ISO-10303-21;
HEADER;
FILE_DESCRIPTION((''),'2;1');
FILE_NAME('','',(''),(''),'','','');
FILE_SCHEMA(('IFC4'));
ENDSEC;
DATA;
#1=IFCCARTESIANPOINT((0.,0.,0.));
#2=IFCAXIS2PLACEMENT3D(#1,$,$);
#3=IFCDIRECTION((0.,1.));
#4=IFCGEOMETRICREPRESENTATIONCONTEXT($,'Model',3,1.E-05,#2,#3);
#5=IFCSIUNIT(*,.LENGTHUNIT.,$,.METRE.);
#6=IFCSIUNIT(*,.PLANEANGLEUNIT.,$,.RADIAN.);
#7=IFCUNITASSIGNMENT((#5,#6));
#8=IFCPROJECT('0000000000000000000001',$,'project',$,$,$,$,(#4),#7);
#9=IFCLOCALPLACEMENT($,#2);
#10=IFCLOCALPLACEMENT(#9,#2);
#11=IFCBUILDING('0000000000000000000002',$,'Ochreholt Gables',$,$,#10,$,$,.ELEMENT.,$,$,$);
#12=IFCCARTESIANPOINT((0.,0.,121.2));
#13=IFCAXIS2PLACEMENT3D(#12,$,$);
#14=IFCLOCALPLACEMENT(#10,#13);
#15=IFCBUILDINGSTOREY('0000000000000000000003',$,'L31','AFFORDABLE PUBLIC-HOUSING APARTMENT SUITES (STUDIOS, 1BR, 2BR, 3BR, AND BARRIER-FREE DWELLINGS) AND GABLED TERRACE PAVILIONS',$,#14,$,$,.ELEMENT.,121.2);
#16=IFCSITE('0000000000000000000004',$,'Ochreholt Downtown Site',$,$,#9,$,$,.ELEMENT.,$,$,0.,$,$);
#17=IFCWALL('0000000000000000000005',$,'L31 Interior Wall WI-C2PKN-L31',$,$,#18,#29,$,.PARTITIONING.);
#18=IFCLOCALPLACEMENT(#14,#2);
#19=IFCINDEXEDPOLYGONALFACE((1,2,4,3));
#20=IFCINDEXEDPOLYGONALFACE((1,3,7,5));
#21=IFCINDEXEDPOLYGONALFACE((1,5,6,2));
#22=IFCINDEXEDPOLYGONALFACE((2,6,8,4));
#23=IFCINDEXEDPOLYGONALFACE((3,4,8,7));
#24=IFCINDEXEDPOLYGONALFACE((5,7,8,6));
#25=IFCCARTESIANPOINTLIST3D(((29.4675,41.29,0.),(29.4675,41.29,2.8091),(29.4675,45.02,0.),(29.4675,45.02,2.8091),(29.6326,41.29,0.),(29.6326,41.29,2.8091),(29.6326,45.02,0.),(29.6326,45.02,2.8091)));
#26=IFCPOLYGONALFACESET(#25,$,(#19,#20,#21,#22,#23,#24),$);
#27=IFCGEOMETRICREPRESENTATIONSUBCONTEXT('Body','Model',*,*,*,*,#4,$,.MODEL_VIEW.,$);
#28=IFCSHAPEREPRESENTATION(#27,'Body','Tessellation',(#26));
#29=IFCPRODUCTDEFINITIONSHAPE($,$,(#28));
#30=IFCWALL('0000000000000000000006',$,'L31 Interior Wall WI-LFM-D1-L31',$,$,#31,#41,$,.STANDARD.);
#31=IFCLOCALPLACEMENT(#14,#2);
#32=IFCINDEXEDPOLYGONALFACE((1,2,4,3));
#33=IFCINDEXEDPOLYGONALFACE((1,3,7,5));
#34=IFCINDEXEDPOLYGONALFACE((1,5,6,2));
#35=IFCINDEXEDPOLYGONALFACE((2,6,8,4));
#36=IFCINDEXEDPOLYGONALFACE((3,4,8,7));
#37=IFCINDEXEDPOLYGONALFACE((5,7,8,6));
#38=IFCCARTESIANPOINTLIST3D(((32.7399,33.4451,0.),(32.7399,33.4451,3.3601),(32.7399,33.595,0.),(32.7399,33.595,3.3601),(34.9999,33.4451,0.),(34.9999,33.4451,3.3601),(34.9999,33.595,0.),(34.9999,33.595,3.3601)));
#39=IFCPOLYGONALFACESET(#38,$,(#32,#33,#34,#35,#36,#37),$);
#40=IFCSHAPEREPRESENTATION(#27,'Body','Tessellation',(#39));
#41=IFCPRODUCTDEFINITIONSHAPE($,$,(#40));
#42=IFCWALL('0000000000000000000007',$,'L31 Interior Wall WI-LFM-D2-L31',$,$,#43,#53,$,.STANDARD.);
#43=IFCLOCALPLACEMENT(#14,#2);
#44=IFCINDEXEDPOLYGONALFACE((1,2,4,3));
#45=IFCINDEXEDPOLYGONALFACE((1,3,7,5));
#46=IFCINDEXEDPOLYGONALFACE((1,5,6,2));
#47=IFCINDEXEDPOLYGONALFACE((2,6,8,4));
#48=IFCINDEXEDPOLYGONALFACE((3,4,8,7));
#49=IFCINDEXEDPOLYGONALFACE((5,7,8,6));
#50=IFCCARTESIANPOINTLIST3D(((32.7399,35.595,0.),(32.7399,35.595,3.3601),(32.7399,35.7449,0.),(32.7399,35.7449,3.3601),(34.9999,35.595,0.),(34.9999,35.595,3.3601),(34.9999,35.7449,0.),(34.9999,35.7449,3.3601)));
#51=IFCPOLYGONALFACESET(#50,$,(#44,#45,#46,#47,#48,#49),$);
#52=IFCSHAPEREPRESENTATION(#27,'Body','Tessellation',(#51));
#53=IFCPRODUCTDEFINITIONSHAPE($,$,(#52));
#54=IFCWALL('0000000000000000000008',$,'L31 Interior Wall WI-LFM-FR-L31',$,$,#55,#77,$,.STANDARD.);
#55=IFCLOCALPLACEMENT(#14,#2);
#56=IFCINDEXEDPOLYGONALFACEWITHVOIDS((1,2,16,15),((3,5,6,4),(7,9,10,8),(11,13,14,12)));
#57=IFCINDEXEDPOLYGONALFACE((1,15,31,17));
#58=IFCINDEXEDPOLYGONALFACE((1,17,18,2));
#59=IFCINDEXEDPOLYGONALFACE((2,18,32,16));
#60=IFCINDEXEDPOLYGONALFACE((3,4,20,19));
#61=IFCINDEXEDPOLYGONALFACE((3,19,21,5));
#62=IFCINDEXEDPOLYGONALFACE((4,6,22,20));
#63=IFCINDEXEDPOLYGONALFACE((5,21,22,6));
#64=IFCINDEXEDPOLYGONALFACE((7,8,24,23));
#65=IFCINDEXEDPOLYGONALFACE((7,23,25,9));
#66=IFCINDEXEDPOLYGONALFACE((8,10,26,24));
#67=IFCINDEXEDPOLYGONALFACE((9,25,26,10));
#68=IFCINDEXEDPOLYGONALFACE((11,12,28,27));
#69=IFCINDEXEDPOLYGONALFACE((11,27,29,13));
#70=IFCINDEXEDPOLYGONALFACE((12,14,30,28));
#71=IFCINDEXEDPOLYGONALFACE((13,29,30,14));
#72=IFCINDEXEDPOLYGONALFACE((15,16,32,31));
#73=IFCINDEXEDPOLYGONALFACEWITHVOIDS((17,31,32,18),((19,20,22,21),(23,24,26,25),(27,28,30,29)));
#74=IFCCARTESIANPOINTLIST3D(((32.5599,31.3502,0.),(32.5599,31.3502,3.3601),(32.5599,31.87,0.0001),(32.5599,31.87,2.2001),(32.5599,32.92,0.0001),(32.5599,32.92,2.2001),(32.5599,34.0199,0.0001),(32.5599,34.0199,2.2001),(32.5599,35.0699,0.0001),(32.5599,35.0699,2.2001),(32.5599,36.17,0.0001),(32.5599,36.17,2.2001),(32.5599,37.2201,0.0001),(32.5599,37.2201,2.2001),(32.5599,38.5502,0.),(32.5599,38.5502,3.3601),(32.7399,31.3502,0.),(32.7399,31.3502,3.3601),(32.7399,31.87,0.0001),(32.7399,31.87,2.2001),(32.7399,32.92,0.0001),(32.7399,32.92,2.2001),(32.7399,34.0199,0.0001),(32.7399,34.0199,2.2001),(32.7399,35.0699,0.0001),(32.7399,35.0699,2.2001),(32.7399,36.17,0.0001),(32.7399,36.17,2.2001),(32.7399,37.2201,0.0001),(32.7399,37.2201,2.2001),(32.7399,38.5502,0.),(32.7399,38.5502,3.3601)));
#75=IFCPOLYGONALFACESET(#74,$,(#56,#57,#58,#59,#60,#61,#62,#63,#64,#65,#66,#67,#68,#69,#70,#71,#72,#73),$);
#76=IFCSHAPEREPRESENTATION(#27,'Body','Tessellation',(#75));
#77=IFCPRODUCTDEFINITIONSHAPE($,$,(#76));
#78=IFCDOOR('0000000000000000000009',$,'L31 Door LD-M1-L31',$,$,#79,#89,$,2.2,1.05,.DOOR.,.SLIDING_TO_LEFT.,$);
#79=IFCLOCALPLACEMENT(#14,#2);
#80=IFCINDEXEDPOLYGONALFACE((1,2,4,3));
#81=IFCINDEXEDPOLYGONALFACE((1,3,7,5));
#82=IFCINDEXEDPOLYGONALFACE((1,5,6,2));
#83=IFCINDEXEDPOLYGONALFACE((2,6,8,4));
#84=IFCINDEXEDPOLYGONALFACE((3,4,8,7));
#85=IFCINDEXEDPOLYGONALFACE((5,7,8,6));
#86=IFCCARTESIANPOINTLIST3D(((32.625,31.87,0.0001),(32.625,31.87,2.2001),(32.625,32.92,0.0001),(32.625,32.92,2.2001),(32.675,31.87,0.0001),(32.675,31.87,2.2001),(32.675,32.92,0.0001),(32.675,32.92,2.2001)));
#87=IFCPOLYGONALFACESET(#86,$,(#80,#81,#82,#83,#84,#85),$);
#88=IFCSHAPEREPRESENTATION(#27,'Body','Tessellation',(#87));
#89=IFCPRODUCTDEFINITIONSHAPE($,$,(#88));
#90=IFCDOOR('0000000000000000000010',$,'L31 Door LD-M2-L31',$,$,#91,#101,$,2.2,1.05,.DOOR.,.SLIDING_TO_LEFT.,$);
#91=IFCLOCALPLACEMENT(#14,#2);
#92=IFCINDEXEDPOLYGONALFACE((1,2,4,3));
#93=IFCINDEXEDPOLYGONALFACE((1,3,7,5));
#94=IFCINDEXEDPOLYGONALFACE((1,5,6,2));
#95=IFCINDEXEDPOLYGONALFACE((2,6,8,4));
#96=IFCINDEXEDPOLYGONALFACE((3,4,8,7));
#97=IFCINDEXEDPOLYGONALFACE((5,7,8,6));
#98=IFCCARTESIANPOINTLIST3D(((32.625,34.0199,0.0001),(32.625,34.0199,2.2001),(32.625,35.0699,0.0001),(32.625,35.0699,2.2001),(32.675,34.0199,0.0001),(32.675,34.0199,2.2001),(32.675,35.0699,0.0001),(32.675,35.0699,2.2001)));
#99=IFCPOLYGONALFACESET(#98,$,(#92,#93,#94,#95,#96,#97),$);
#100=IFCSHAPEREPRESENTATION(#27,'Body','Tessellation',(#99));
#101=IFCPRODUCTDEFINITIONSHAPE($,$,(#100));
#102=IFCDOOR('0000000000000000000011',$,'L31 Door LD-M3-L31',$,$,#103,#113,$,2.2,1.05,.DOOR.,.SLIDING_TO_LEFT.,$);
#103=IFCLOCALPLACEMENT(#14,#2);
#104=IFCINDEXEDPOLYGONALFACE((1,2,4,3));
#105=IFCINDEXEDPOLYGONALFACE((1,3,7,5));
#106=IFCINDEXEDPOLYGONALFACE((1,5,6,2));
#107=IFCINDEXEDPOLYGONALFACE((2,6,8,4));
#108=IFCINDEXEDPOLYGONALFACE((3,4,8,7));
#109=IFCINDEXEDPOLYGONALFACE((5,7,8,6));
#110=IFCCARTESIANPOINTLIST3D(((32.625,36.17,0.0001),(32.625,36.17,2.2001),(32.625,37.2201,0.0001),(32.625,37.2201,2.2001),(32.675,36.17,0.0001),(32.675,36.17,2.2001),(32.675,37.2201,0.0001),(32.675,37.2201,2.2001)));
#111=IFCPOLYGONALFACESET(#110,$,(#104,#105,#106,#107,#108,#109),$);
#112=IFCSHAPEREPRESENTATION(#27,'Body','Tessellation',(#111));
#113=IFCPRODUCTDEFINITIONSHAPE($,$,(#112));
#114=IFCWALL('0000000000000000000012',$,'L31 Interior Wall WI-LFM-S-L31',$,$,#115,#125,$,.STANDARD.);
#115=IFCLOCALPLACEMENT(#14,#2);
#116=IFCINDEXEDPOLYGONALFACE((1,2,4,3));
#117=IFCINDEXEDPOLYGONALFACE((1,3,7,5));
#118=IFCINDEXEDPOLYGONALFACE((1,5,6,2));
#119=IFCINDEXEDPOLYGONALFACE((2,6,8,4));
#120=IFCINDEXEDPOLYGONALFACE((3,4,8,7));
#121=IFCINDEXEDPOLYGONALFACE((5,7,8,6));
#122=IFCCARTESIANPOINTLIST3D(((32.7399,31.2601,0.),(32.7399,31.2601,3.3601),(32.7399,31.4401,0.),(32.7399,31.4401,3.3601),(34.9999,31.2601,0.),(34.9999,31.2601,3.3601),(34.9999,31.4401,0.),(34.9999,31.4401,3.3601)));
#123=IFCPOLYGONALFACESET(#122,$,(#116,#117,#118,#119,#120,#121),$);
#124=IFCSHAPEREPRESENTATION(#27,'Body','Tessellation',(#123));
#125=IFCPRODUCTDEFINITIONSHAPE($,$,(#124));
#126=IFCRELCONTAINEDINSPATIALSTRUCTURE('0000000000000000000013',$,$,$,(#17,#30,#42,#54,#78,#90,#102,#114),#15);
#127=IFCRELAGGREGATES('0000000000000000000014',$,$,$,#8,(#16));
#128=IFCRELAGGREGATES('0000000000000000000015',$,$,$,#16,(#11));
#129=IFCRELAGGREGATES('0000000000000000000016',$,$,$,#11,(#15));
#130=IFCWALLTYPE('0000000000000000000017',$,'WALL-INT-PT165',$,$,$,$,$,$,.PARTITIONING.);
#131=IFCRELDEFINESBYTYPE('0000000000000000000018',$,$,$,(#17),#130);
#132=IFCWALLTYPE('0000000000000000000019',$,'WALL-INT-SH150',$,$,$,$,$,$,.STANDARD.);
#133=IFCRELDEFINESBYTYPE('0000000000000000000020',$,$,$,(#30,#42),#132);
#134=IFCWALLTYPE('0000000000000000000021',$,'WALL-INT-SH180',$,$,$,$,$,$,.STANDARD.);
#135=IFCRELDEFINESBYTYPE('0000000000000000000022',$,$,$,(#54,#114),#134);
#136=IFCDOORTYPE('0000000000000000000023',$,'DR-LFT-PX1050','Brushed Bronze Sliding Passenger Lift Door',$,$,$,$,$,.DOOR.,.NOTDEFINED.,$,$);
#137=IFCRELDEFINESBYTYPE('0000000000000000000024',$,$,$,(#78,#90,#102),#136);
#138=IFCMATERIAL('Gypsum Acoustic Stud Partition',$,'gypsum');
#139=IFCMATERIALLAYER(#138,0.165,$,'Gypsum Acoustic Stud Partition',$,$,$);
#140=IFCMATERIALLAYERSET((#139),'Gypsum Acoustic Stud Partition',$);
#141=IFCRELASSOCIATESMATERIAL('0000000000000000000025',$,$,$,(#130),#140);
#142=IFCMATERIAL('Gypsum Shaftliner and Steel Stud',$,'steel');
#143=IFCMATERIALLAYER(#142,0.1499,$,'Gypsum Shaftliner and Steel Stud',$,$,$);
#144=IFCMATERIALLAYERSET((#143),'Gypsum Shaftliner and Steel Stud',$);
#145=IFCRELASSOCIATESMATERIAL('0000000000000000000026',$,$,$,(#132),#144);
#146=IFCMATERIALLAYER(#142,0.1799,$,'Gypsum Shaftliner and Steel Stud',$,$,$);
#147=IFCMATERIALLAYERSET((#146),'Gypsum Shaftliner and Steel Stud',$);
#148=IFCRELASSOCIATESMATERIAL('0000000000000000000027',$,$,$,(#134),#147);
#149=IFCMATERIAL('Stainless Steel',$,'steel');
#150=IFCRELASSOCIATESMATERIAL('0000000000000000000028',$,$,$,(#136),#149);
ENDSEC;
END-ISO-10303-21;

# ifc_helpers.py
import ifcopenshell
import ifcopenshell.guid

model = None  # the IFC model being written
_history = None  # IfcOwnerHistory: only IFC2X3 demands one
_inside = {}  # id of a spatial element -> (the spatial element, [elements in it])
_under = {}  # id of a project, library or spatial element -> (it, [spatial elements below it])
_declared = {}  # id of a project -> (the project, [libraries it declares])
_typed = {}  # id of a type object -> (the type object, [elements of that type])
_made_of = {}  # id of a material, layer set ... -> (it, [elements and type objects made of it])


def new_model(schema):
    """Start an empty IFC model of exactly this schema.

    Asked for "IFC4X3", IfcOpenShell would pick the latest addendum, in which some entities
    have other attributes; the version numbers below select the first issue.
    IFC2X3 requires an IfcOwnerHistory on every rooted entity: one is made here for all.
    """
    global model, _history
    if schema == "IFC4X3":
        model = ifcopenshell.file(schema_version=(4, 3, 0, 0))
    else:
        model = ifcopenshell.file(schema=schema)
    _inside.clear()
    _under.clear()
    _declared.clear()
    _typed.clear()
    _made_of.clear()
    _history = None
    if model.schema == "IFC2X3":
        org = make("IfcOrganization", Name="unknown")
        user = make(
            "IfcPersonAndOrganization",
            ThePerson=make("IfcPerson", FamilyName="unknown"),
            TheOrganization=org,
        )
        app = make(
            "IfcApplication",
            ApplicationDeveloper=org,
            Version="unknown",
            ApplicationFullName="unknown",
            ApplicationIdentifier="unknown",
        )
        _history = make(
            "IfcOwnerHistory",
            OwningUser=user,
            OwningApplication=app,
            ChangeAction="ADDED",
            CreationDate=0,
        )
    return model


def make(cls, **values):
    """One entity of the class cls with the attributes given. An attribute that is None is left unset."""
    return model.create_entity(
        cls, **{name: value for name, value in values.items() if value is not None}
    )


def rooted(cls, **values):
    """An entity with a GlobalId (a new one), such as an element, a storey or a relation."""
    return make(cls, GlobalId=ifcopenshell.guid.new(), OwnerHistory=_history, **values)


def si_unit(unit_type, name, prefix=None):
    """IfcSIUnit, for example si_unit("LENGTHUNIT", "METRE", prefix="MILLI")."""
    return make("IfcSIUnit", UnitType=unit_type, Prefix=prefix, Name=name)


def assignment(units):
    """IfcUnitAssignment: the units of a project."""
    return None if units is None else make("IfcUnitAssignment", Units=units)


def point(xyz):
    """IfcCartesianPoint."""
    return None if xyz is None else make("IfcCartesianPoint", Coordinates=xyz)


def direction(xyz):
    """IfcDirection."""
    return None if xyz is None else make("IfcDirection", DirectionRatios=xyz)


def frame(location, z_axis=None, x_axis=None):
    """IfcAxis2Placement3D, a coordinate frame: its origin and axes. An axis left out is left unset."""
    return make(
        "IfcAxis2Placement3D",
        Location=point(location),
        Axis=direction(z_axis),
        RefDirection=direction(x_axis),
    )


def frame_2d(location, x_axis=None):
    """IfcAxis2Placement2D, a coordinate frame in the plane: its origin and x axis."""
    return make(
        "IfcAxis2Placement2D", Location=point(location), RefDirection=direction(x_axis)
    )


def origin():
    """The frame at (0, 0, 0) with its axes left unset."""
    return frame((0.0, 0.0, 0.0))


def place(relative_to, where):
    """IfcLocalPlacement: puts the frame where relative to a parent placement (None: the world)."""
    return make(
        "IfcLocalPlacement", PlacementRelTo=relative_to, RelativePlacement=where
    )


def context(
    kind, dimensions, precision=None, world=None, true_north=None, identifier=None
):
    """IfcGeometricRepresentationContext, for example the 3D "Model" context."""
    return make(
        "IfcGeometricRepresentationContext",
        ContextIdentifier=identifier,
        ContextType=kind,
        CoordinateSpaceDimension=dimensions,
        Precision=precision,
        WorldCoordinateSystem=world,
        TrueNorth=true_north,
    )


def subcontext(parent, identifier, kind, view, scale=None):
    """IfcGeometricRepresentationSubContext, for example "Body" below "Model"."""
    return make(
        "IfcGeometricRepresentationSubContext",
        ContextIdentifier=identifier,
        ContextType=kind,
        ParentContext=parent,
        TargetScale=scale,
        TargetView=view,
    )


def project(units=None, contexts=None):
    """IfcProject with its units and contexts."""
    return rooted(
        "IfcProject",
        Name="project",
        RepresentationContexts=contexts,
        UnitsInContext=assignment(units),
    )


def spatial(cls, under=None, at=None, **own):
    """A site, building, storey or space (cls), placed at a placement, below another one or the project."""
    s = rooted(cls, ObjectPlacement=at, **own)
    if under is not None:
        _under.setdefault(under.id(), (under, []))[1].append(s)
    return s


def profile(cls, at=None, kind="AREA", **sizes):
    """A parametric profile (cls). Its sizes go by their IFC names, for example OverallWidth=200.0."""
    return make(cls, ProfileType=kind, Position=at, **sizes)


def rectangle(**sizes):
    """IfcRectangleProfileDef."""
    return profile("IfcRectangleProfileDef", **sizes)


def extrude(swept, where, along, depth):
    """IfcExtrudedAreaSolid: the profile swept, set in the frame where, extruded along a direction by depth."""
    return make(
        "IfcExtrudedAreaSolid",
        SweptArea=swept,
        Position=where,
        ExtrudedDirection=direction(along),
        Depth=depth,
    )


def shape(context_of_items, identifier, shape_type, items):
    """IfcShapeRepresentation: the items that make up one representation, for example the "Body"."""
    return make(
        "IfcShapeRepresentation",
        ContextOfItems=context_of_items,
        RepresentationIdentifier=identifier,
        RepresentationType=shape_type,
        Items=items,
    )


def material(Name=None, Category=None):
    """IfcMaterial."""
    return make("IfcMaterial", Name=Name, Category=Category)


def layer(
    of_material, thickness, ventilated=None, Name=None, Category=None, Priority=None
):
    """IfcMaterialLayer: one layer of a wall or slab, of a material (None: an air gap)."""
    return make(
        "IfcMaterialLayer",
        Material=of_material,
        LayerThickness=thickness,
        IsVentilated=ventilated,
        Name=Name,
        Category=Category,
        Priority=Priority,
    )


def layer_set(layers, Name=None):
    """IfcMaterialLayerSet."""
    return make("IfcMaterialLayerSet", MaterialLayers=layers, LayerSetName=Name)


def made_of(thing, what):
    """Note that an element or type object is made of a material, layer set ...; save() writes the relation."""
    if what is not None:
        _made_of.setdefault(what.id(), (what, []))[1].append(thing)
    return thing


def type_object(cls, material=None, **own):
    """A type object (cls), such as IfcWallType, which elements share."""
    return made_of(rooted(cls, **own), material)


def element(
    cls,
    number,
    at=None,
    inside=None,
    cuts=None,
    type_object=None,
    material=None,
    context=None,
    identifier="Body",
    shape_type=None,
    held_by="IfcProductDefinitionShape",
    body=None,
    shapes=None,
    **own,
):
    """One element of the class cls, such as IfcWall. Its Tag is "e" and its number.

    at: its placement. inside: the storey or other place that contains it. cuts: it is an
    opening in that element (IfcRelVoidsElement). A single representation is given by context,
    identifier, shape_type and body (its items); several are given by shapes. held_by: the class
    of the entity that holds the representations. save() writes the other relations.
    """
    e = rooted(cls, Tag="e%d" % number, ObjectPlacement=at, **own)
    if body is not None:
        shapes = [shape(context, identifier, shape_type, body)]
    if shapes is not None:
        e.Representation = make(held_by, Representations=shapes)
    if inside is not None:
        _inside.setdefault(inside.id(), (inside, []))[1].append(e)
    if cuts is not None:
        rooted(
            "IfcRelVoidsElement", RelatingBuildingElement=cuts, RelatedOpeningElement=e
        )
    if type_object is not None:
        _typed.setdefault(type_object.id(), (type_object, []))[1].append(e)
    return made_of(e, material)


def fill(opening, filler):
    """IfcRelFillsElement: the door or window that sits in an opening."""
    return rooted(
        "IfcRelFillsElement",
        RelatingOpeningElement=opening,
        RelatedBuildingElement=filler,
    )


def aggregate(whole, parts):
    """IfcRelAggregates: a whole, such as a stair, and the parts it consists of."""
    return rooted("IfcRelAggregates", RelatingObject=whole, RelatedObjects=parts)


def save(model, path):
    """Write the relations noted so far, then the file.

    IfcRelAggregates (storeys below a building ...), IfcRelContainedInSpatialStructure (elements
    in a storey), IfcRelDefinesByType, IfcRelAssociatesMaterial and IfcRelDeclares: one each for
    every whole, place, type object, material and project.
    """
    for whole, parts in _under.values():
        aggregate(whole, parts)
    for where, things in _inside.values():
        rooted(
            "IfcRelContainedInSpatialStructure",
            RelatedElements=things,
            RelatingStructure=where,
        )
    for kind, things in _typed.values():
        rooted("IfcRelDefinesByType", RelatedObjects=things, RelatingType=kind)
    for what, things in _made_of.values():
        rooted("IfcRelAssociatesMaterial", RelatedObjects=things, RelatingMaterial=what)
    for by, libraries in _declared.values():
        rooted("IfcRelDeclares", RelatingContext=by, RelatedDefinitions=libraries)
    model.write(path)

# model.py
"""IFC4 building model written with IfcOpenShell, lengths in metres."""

from ifc_helpers import new_model, si_unit, direction, frame, frame_2d, origin, place, context, subcontext, project, spatial, rectangle, extrude, material, layer, layer_set, type_object, element, fill, save


model = new_model("IFC4")

# Units and contexts
model_context = context("Model", 3, precision=1e-05, world=origin(), true_north=direction((0.0, 1.0)))
body_context = subcontext(model_context, "Body", "Model", "MODEL_VIEW")
ifc_project = project(units=[si_unit("LENGTHUNIT", "METRE"), si_unit("PLANEANGLEUNIT", "RADIAN")], contexts=[model_context])

# Site, building, storey
site_placement = place(None, origin())
site = spatial("IfcSite", under=ifc_project, at=site_placement, Name="Ochreholt Downtown Site", CompositionType="ELEMENT", RefElevation=0.0)
building_placement = place(site_placement, origin())
building = spatial("IfcBuilding", under=site, at=building_placement, Name="Ochreholt Gables", CompositionType="ELEMENT")
storey_placement = place(building_placement, frame((0.0, 0.0, 121.2)))
storey = spatial("IfcBuildingStorey", under=building, at=storey_placement, Name="L31", Description="AFFORDABLE PUBLIC-HOUSING APARTMENT SUITES (STUDIOS, 1BR, 2BR, 3BR, AND BARRIER-FREE DWELLINGS) AND GABLED TERRACE PAVILIONS", CompositionType="ELEMENT", Elevation=121.2)

# Shared definitions
ifc_material_1 = material(Name="Gypsum Acoustic Stud Partition", Category="gypsum")
ifc_layer_1 = layer(ifc_material_1, 0.165, Name="Gypsum Acoustic Stud Partition")
ifc_layer_set_1 = layer_set([ifc_layer_1], Name="Gypsum Acoustic Stud Partition")
wall_type_1 = type_object("IfcWallType", Name="WALL-INT-PT165", PredefinedType="PARTITIONING", material=ifc_layer_set_1)

# Walls
wall_1_placement = place(storey_placement, frame((29.55, 41.29, 0.0), z_axis=(0.0, 0.0, 1.0), x_axis=(0.0, 1.0, 0.0)))
element("IfcWall", 1, at=wall_1_placement, inside=storey, type_object=wall_type_1, Name="L31 Interior Wall WI-C2PKN-L31", PredefinedType="PARTITIONING", context=body_context, shape_type="SweptSolid", body=[
    extrude(rectangle(XDim=3.73, YDim=0.165, at=frame_2d((1.865, 0.0))), origin(), (0.0, 0.0, 1.0), 2.8091),
])
ifc_material_2 = material(Name="Gypsum Shaftliner and Steel Stud", Category="steel")
ifc_layer_2 = layer(ifc_material_2, 0.1499, Name="Gypsum Shaftliner and Steel Stud")
ifc_layer_set_2 = layer_set([ifc_layer_2], Name="Gypsum Shaftliner and Steel Stud")
wall_type_2 = type_object("IfcWallType", Name="WALL-INT-SH150", PredefinedType="STANDARD", material=ifc_layer_set_2)
for number, where, z_axis, x_axis, name in (
    (2, (32.74, 33.52, 0.0), (0.0, 0.0, 1.0), (1.0, 0.0, 0.0), "L31 Interior Wall WI-LFM-D1-L31"),
    (3, (32.74, 35.6699, 0.0), (0.0, 0.0, 1.0), (1.0, 0.0, 0.0), "L31 Interior Wall WI-LFM-D2-L31"),
):
    element("IfcWall", number, at=place(storey_placement, frame(where, z_axis=z_axis, x_axis=x_axis)), inside=storey, type_object=wall_type_2, Name=name, PredefinedType="STANDARD", context=body_context, shape_type="SweptSolid", body=[
        extrude(rectangle(XDim=2.26, YDim=0.1499, at=frame_2d((1.1299, 0.0))), origin(), (0.0, 0.0, 1.0), 3.3601),
    ])

# Wall, openings, doors
ifc_layer_3 = layer(ifc_material_2, 0.1799, Name="Gypsum Shaftliner and Steel Stud")
ifc_layer_set_3 = layer_set([ifc_layer_3], Name="Gypsum Shaftliner and Steel Stud")
wall_type_3 = type_object("IfcWallType", Name="WALL-INT-SH180", PredefinedType="STANDARD", material=ifc_layer_set_3)
wall_2_placement = place(storey_placement, frame((32.6499, 31.3501, 0.0), z_axis=(0.0, 0.0, 1.0), x_axis=(0.0, 1.0, 0.0)))
wall_2 = element("IfcWall", 4, at=wall_2_placement, inside=storey, type_object=wall_type_3, Name="L31 Interior Wall WI-LFM-FR-L31", PredefinedType="STANDARD", context=body_context, shape_type="SweptSolid", body=[
    extrude(rectangle(XDim=7.2, YDim=0.1799, at=frame_2d((3.6001, 0.0))), origin(), (0.0, 0.0, 1.0), 3.3601),
])
opening_1_placement = place(wall_2_placement, frame((0.52, 0.0, 0.0)))
opening_1 = element("IfcOpeningElement", 5, at=opening_1_placement, cuts=wall_2, PredefinedType="OPENING", context=body_context, shape_type="SweptSolid", body=[
    extrude(rectangle(XDim=1.05, YDim=2.2, at=frame_2d((0.5249, 1.1001))), frame((0.0, 0.0999, 0.0), z_axis=(0.0, -1.0, 0.0), x_axis=(1.0, 0.0, 0.0)), (0.0, 0.0, 1.0), 0.2),
])
opening_2_placement = place(wall_2_placement, frame((2.6699, 0.0, 0.0)))
opening_2 = element("IfcOpeningElement", 6, at=opening_2_placement, cuts=wall_2, PredefinedType="OPENING", context=body_context, shape_type="SweptSolid", body=[
    extrude(rectangle(XDim=1.05, YDim=2.2, at=frame_2d((0.5249, 1.1001))), frame((0.0, 0.0999, 0.0), z_axis=(0.0, -1.0, 0.0), x_axis=(1.0, 0.0, 0.0)), (0.0, 0.0, 1.0), 0.2),
])
opening_3_placement = place(wall_2_placement, frame((4.8201, 0.0, 0.0)))
opening_3 = element("IfcOpeningElement", 7, at=opening_3_placement, cuts=wall_2, PredefinedType="OPENING", context=body_context, shape_type="SweptSolid", body=[
    extrude(rectangle(XDim=1.05, YDim=2.2, at=frame_2d((0.5249, 1.1001))), frame((0.0, 0.0999, 0.0), z_axis=(0.0, -1.0, 0.0), x_axis=(1.0, 0.0, 0.0)), (0.0, 0.0, 1.0), 0.2),
])
ifc_material_3 = material(Name="Stainless Steel", Category="steel")
door_type_1 = type_object("IfcDoorType", Name="DR-LFT-PX1050", Description="Brushed Bronze Sliding Passenger Lift Door", OperationType="NOTDEFINED", PredefinedType="DOOR", material=ifc_material_3)
door_1_placement = place(opening_1_placement, origin())
door_1 = element("IfcDoor", 8, at=door_1_placement, inside=storey, type_object=door_type_1, Name="L31 Door LD-M1-L31", OperationType="SLIDING_TO_LEFT", OverallHeight=2.2, OverallWidth=1.05, PredefinedType="DOOR", context=body_context, shape_type="SweptSolid", body=[
    extrude(rectangle(XDim=1.05, YDim=2.2, at=frame_2d((0.5249, 1.1001))), frame((0.0, 0.0249, 0.0), z_axis=(0.0, -1.0, 0.0), x_axis=(1.0, 0.0, 0.0)), (0.0, 0.0, 1.0), 0.05),
])
fill(opening_1, door_1)
door_2_placement = place(opening_2_placement, origin())
door_2 = element("IfcDoor", 9, at=door_2_placement, inside=storey, type_object=door_type_1, Name="L31 Door LD-M2-L31", OperationType="SLIDING_TO_LEFT", OverallHeight=2.2, OverallWidth=1.05, PredefinedType="DOOR", context=body_context, shape_type="SweptSolid", body=[
    extrude(rectangle(XDim=1.05, YDim=2.2, at=frame_2d((0.5249, 1.1001))), frame((0.0, 0.0249, 0.0), z_axis=(0.0, -1.0, 0.0), x_axis=(1.0, 0.0, 0.0)), (0.0, 0.0, 1.0), 0.05),
])
fill(opening_2, door_2)
door_3_placement = place(opening_3_placement, origin())
door_3 = element("IfcDoor", 10, at=door_3_placement, inside=storey, type_object=door_type_1, Name="L31 Door LD-M3-L31", OperationType="SLIDING_TO_LEFT", OverallHeight=2.2, OverallWidth=1.05, PredefinedType="DOOR", context=body_context, shape_type="SweptSolid", body=[
    extrude(rectangle(XDim=1.05, YDim=2.2, at=frame_2d((0.5249, 1.1001))), frame((0.0, 0.0249, 0.0), z_axis=(0.0, -1.0, 0.0), x_axis=(1.0, 0.0, 0.0)), (0.0, 0.0, 1.0), 0.05),
])
fill(opening_3, door_3)

# Wall
wall_3_placement = place(storey_placement, frame((32.74, 31.3501, 0.0), z_axis=(0.0, 0.0, 1.0), x_axis=(1.0, 0.0, 0.0)))
element("IfcWall", 11, at=wall_3_placement, inside=storey, type_object=wall_type_3, Name="L31 Interior Wall WI-LFM-S-L31", PredefinedType="STANDARD", context=body_context, shape_type="SweptSolid", body=[
    extrude(rectangle(XDim=2.26, YDim=0.1799, at=frame_2d((1.1299, 0.0))), origin(), (0.0, 0.0, 1.0), 3.3601),
])

save(model, "model.ifc")
